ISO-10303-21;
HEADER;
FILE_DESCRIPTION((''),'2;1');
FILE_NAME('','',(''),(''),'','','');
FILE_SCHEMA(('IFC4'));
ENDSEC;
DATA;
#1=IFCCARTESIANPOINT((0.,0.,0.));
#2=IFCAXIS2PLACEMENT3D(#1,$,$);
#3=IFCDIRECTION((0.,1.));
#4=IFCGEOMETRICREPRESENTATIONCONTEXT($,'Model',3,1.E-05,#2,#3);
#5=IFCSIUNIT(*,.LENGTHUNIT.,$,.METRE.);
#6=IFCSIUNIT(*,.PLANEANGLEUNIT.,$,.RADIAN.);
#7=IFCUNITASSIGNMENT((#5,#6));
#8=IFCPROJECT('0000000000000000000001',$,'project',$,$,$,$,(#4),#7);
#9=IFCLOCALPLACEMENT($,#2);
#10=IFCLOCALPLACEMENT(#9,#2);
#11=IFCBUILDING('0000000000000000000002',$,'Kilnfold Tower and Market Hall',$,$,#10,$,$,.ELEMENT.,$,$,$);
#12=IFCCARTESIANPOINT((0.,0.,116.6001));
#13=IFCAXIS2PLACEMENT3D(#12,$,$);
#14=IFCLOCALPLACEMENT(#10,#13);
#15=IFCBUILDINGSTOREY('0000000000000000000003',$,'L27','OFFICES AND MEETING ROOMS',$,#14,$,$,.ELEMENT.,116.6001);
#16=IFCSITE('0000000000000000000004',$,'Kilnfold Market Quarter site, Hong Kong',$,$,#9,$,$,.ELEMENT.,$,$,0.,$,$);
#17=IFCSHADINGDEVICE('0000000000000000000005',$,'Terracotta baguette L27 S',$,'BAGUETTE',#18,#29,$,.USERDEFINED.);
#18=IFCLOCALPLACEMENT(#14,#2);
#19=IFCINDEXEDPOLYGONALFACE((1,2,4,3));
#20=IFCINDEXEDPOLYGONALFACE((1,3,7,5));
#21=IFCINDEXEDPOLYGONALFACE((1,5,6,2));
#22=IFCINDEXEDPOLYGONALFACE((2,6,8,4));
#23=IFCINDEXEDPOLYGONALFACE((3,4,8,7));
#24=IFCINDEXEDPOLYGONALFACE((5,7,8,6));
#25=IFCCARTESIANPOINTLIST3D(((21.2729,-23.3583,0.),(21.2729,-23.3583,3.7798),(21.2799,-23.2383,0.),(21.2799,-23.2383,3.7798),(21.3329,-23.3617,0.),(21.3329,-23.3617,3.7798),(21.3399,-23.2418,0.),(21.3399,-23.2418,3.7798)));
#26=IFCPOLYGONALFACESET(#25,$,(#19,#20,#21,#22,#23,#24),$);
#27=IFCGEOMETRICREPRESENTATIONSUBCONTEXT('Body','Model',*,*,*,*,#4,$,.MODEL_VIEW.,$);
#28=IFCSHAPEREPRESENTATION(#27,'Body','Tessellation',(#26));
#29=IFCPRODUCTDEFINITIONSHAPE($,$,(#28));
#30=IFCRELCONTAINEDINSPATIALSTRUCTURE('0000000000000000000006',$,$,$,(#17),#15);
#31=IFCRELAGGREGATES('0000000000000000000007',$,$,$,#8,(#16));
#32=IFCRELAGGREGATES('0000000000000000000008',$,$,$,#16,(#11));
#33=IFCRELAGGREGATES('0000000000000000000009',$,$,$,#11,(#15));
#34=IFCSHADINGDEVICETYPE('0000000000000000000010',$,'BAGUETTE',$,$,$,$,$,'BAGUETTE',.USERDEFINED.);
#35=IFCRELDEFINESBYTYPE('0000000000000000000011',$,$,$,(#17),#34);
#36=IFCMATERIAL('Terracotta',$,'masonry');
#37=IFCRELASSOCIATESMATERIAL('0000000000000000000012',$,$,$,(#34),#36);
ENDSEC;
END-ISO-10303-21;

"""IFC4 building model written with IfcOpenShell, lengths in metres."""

from ifc_helpers import new_model, si_unit, direction, frame, origin, origin_2d, place, context, subcontext, project, spatial, rectangle, extrude, source, transform, mapped, material, material_profile, profile_set, type_object, element, save


model = new_model("IFC4")

# Units and contexts
model_context = context("Model", 3, precision=1e-05, world=origin(), true_north=direction((0.0, 1.0)))
body_context = subcontext(model_context, "Body", "Model", "MODEL_VIEW")
ifc_project = project(units=[si_unit("LENGTHUNIT", "METRE"), si_unit("PLANEANGLEUNIT", "RADIAN")], contexts=[model_context])

# Site, building, storey
site_placement = place(None, origin())
site = spatial("IfcSite", under=ifc_project, at=site_placement, Name="Kilnfold Market Quarter site, Hong Kong", CompositionType="ELEMENT", RefElevation=0.0)
building_placement = place(site_placement, origin())
building = spatial("IfcBuilding", under=site, at=building_placement, Name="Kilnfold Tower and Market Hall", CompositionType="ELEMENT")
storey_placement = place(building_placement, frame((0.0, 0.0, 116.6001)))
storey = spatial("IfcBuildingStorey", under=building, at=storey_placement, Name="L27", Description="OFFICES AND MEETING ROOMS", CompositionType="ELEMENT", Elevation=116.6001)

# Shading device
ifc_material_1 = material(Name="Terracotta", Category="masonry")
ifc_material_profile_1 = material_profile(ifc_material_1, rectangle(XDim=0.0601, YDim=0.1201, at=origin_2d()), Name="BAG 60x120")
ifc_profile_set_1 = profile_set([ifc_material_profile_1], Name="Terracotta")
shading_device_type = type_object("IfcShadingDeviceType", Name="BAGUETTE", ElementType="BAGUETTE", PredefinedType="USERDEFINED", material=ifc_profile_set_1)
shared_shape_1 = source(origin(), body_context, "Body", "SweptSolid", [
    extrude(rectangle(XDim=0.0601, YDim=0.1201, at=origin_2d()), origin(), (0.0, 0.0, 1.0), 3.7798),
])
for number, where, z_axis, x_axis, name in (
    (1, (21.3064, -23.3, 0.0), (0.0, 0.0, 1.0), (0.998314, -0.05804, 0.0), "Terracotta baguette L27 S"),
):
    element("IfcShadingDevice", number, at=place(storey_placement, frame(where, z_axis=z_axis, x_axis=x_axis)), inside=storey, type_object=shading_device_type, Name=name, ObjectType="BAGUETTE", PredefinedType="USERDEFINED", context=body_context, shape_type="MappedRepresentation", body=[
        mapped(shared_shape_1, transform((0.0, 0.0, 0.0))),
    ])

save(model, "model.ifc")
